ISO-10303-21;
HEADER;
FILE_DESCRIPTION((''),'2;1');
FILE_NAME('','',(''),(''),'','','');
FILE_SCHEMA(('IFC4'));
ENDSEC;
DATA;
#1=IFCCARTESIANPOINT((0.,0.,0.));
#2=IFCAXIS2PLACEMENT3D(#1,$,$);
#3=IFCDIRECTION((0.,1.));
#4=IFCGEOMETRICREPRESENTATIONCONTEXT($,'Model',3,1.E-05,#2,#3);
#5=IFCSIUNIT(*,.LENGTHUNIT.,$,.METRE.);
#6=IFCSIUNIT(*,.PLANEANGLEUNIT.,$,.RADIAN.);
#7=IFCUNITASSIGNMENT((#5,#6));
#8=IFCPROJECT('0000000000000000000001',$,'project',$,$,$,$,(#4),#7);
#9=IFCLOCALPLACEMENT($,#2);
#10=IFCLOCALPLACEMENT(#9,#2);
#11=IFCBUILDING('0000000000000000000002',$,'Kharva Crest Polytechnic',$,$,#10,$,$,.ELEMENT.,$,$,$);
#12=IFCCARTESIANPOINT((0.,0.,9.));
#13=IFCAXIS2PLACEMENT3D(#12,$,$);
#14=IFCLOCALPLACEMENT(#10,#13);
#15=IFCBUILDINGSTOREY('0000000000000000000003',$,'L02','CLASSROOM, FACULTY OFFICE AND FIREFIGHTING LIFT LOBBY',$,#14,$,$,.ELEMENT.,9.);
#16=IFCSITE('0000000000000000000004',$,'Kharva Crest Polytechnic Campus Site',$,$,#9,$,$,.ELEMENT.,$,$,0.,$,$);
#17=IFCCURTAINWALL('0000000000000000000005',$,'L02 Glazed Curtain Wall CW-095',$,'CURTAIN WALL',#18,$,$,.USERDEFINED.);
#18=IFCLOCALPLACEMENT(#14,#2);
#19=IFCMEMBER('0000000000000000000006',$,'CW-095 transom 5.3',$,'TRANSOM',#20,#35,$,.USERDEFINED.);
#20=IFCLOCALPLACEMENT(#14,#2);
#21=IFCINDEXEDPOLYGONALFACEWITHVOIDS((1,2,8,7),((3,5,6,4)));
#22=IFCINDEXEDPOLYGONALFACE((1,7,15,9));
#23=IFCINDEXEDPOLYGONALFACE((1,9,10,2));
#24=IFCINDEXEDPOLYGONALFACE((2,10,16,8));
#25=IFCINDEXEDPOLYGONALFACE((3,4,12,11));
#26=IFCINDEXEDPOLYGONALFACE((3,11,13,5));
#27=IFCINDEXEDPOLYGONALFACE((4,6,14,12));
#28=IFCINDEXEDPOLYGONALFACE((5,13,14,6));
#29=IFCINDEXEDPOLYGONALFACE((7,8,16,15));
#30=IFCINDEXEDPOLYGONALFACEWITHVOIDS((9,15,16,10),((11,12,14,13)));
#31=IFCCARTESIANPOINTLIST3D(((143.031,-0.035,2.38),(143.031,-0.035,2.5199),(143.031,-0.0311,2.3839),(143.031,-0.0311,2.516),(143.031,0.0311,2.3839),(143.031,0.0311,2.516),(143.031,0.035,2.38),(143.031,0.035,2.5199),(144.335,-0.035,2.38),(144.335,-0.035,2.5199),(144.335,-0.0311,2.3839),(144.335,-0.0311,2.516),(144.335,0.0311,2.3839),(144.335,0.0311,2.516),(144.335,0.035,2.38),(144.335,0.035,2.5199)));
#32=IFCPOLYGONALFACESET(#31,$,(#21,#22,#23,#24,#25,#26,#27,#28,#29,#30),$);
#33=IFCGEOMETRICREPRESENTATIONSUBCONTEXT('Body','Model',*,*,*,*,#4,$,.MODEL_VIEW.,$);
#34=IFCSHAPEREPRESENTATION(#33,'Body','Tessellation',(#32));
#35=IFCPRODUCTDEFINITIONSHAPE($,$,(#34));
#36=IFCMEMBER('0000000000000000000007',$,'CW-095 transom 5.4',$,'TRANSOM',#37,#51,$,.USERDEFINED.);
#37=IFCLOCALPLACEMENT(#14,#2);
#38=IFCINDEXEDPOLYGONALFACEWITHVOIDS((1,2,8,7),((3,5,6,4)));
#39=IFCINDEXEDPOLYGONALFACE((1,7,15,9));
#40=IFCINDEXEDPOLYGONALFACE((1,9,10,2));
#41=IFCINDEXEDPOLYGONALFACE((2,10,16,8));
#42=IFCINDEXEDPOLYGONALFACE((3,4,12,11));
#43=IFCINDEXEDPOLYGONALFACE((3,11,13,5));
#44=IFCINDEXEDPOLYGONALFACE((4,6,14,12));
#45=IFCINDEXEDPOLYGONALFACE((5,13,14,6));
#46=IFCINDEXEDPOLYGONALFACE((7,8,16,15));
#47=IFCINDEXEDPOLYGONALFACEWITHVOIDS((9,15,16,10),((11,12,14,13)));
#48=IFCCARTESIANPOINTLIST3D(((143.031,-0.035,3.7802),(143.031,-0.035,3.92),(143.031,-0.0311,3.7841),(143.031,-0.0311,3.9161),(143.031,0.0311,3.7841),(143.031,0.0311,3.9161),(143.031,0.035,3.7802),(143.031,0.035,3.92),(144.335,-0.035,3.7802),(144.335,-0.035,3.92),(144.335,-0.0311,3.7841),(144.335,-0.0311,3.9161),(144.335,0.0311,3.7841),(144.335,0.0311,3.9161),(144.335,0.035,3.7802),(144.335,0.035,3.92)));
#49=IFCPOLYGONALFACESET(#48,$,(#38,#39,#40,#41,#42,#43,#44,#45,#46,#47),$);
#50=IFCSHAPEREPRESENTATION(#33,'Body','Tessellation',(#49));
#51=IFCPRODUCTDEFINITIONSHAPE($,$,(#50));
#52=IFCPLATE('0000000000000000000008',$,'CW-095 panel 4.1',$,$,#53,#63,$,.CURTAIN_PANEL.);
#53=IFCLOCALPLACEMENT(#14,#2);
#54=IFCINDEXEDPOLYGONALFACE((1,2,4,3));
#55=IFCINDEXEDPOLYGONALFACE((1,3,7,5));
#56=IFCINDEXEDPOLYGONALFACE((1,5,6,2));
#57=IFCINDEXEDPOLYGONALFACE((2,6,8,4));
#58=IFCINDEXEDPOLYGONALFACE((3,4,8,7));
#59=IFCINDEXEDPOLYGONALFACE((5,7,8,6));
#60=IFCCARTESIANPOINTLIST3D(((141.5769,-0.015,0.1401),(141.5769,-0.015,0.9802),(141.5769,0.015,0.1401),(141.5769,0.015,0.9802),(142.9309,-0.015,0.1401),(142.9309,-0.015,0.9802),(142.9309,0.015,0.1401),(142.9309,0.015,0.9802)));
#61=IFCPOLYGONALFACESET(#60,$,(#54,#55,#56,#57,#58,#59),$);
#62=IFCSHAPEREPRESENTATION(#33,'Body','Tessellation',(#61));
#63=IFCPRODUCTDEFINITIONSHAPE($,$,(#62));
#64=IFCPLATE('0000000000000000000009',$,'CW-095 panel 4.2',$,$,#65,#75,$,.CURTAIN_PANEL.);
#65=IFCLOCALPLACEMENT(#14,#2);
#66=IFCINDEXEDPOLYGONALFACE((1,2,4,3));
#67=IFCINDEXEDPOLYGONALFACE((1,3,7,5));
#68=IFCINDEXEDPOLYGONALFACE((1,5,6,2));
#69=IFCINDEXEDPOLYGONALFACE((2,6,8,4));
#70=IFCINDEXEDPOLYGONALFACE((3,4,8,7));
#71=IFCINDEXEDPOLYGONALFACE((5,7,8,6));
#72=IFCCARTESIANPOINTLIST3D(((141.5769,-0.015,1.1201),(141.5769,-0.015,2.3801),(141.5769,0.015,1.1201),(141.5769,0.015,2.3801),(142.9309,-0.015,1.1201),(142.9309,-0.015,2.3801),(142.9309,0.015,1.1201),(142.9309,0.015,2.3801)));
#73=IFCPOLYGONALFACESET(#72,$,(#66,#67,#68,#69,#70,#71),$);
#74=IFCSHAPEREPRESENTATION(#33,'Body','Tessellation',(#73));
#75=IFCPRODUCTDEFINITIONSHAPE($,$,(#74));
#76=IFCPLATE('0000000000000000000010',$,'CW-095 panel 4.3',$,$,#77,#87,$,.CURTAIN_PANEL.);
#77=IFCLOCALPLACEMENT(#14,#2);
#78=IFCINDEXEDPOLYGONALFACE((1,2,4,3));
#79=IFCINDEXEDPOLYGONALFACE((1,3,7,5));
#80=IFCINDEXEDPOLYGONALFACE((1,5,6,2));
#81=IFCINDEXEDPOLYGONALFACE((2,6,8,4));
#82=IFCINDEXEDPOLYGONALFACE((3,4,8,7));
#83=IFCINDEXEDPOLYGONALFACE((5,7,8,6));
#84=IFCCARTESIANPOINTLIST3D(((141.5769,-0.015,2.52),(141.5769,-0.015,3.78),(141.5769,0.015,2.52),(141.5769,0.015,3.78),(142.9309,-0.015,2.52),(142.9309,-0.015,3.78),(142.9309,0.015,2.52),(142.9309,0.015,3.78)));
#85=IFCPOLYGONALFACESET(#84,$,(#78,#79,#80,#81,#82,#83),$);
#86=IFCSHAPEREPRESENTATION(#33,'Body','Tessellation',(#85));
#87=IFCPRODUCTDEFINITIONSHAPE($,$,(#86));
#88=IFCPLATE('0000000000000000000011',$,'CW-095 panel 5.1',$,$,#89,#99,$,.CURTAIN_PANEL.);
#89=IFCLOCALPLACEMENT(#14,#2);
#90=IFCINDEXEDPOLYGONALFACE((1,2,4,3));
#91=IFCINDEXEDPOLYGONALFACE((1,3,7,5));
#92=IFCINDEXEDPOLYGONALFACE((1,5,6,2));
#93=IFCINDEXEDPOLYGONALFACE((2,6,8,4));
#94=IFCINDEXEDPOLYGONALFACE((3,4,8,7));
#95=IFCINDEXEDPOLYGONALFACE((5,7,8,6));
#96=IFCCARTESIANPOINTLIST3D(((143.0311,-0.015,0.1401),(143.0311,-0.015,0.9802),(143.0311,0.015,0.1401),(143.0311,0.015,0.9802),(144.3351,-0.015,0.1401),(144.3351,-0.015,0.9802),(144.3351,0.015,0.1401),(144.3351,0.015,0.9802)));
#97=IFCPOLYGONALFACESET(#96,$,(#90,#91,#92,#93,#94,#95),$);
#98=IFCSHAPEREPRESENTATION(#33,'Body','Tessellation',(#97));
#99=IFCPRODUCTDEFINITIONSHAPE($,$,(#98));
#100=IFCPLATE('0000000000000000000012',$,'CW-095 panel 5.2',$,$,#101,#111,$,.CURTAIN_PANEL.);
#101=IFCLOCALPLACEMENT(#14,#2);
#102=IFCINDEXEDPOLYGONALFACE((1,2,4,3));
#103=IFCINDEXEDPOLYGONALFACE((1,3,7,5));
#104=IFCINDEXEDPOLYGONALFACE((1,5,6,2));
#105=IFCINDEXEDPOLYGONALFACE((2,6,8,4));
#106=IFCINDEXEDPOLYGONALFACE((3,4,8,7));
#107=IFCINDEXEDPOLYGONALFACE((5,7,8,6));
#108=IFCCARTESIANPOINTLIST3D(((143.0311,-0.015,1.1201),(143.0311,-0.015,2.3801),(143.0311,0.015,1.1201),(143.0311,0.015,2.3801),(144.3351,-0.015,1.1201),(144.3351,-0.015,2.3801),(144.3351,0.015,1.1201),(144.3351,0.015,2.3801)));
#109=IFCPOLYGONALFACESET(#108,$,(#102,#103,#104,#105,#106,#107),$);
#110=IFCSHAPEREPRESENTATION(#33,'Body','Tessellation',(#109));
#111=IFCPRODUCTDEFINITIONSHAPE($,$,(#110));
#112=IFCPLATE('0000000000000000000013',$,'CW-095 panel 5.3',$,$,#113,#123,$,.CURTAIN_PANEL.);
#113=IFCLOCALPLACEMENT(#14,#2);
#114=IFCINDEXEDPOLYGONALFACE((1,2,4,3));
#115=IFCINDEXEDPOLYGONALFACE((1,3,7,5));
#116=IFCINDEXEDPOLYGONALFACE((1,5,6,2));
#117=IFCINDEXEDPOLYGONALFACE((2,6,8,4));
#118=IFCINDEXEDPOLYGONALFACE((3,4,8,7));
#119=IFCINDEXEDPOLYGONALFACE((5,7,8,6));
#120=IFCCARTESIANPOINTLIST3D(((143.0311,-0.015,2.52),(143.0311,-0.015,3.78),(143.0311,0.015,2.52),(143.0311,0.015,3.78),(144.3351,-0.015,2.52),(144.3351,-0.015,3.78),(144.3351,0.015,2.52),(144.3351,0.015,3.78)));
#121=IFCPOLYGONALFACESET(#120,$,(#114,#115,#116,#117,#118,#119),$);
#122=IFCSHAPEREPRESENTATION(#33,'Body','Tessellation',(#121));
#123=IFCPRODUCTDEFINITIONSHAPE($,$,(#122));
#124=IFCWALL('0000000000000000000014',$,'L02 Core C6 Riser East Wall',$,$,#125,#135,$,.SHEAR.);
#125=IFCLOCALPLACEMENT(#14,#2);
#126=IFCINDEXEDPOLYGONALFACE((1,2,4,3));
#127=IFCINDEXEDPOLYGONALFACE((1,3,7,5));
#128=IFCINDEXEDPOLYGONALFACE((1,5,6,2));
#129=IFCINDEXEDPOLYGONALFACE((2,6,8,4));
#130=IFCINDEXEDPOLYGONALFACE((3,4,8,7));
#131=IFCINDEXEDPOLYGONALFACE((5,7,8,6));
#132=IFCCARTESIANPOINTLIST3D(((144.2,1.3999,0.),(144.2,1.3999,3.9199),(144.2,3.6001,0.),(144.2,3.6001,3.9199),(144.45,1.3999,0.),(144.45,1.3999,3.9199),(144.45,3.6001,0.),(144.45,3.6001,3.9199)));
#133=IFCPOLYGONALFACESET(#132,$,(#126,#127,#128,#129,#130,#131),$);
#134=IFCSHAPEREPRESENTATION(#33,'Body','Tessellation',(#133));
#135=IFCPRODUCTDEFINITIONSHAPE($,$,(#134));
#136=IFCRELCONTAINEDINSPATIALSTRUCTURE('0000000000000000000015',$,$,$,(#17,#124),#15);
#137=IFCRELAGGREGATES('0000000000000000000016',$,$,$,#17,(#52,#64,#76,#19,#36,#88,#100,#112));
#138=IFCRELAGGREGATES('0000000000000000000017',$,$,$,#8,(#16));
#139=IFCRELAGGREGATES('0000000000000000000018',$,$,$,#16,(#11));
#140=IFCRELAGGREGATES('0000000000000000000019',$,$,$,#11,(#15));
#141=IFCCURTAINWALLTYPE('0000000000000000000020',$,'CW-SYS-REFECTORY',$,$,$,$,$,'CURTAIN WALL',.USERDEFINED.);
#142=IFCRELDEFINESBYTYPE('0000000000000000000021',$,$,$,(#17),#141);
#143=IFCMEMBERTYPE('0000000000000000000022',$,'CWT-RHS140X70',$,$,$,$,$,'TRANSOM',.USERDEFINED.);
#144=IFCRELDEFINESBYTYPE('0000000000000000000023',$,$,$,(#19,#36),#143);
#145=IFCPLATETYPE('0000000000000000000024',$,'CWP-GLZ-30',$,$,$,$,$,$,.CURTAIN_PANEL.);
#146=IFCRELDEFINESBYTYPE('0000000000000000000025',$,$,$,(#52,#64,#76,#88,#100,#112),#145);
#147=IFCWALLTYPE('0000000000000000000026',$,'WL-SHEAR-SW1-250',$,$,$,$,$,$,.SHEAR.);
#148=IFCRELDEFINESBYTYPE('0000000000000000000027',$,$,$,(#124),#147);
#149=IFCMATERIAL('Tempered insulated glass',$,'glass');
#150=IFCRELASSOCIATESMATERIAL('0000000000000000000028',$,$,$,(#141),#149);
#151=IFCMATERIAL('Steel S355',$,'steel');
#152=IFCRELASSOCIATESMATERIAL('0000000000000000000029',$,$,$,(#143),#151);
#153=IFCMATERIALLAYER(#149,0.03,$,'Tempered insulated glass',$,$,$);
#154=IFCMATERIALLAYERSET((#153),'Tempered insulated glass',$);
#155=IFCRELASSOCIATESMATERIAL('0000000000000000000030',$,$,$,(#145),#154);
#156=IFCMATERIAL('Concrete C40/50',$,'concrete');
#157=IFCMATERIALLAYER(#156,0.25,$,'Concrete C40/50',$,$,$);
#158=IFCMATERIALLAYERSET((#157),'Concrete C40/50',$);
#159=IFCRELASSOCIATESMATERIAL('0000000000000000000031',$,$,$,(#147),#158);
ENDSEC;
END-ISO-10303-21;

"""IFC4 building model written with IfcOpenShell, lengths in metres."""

from ifc_helpers import new_model, si_unit, direction, frame, frame_2d, origin, origin_2d, place, context, subcontext, project, spatial, rectangle, hollow_rectangle, extrude, material, layer, layer_set, material_profile, profile_set, type_object, element, aggregate, save


model = new_model("IFC4")

# Units and contexts
model_context = context("Model", 3, precision=1e-05, world=origin(), true_north=direction((0.0, 1.0)))
body_context = subcontext(model_context, "Body", "Model", "MODEL_VIEW")
ifc_project = project(units=[si_unit("LENGTHUNIT", "METRE"), si_unit("PLANEANGLEUNIT", "RADIAN")], contexts=[model_context])

# Site, building, storey
site_placement = place(None, origin())
site = spatial("IfcSite", under=ifc_project, at=site_placement, Name="Kharva Crest Polytechnic Campus Site", CompositionType="ELEMENT", RefElevation=0.0)
building_placement = place(site_placement, origin())
building = spatial("IfcBuilding", under=site, at=building_placement, Name="Kharva Crest Polytechnic", CompositionType="ELEMENT")
storey_placement = place(building_placement, frame((0.0, 0.0, 9.0)))
storey = spatial("IfcBuildingStorey", under=building, at=storey_placement, Name="L02", Description="CLASSROOM, FACULTY OFFICE AND FIREFIGHTING LIFT LOBBY", CompositionType="ELEMENT", Elevation=9.0)

# Shared definitions
ifc_material_1 = material(Name="Concrete C40/50", Category="concrete")

# Curtain wall, members, plates
ifc_material_2 = material(Name="Tempered insulated glass", Category="glass")
curtain_wall_type = type_object("IfcCurtainWallType", Name="CW-SYS-REFECTORY", ElementType="CURTAIN WALL", PredefinedType="USERDEFINED", material=ifc_material_2)
curtain_wall_placement = place(storey_placement, origin())
curtain_wall = element("IfcCurtainWall", 1, at=curtain_wall_placement, inside=storey, type_object=curtain_wall_type, Name="L02 Glazed Curtain Wall CW-095", ObjectType="CURTAIN WALL", PredefinedType="USERDEFINED")
ifc_material_3 = material(Name="Steel S355", Category="steel")
ifc_material_profile_1 = material_profile(ifc_material_3, hollow_rectangle(XDim=0.0701, YDim=0.1399, WallThickness=0.0039, at=origin_2d()), Name="RHS 140X70X4.0")
ifc_profile_set_1 = profile_set([ifc_material_profile_1], Name="Steel S355")
member_type_1 = type_object("IfcMemberType", Name="CWT-RHS140X70", ElementType="TRANSOM", PredefinedType="USERDEFINED", material=ifc_profile_set_1)
member_1_placement = place(storey_placement, frame((143.031, 0.0, 2.45), z_axis=(1.0, 0.0, 0.0), x_axis=(0.0, 1.0, 0.0)))
member_1 = element("IfcMember", 2, at=member_1_placement, type_object=member_type_1, Name="CW-095 transom 5.3", ObjectType="TRANSOM", PredefinedType="USERDEFINED", context=body_context, shape_type="SweptSolid", body=[
    extrude(hollow_rectangle(XDim=0.0701, YDim=0.1399, WallThickness=0.0039, at=origin_2d()), origin(), (0.0, 0.0, 1.0), 1.304),
])
member_2_placement = place(storey_placement, frame((143.031, 0.0, 3.8501), z_axis=(1.0, 0.0, 0.0), x_axis=(0.0, 1.0, 0.0)))
member_2 = element("IfcMember", 3, at=member_2_placement, type_object=member_type_1, Name="CW-095 transom 5.4", ObjectType="TRANSOM", PredefinedType="USERDEFINED", context=body_context, shape_type="SweptSolid", body=[
    extrude(hollow_rectangle(XDim=0.0701, YDim=0.1399, WallThickness=0.0039, at=origin_2d()), origin(), (0.0, 0.0, 1.0), 1.304),
])
ifc_layer_1 = layer(ifc_material_2, 0.03, Name="Tempered insulated glass")
ifc_layer_set_1 = layer_set([ifc_layer_1], Name="Tempered insulated glass")
plate_type = type_object("IfcPlateType", Name="CWP-GLZ-30", PredefinedType="CURTAIN_PANEL", material=ifc_layer_set_1)
plate_1_placement = place(storey_placement, frame((142.2539, 0.0, 0.1401), z_axis=(0.0, 0.0, 1.0), x_axis=(1.0, 0.0, 0.0)))
plate_1 = element("IfcPlate", 4, at=plate_1_placement, type_object=plate_type, Name="CW-095 panel 4.1", PredefinedType="CURTAIN_PANEL", context=body_context, shape_type="SweptSolid", body=[
    extrude(rectangle(XDim=1.354, YDim=0.03, at=origin_2d()), origin(), (0.0, 0.0, 1.0), 0.8401),
])
plate_2_placement = place(storey_placement, frame((142.2539, 0.0, 1.1201), z_axis=(0.0, 0.0, 1.0), x_axis=(1.0, 0.0, 0.0)))
plate_2 = element("IfcPlate", 5, at=plate_2_placement, type_object=plate_type, Name="CW-095 panel 4.2", PredefinedType="CURTAIN_PANEL", context=body_context, shape_type="SweptSolid", body=[
    extrude(rectangle(XDim=1.354, YDim=0.03, at=origin_2d()), origin(), (0.0, 0.0, 1.0), 1.26),
])
plate_3_placement = place(storey_placement, frame((142.2539, 0.0, 2.52), z_axis=(0.0, 0.0, 1.0), x_axis=(1.0, 0.0, 0.0)))
plate_3 = element("IfcPlate", 6, at=plate_3_placement, type_object=plate_type, Name="CW-095 panel 4.3", PredefinedType="CURTAIN_PANEL", context=body_context, shape_type="SweptSolid", body=[
    extrude(rectangle(XDim=1.354, YDim=0.03, at=origin_2d()), origin(), (0.0, 0.0, 1.0), 1.26),
])
plate_4_placement = place(storey_placement, frame((143.6831, 0.0, 0.1401), z_axis=(0.0, 0.0, 1.0), x_axis=(1.0, 0.0, 0.0)))
plate_4 = element("IfcPlate", 7, at=plate_4_placement, type_object=plate_type, Name="CW-095 panel 5.1", PredefinedType="CURTAIN_PANEL", context=body_context, shape_type="SweptSolid", body=[
    extrude(rectangle(XDim=1.304, YDim=0.03, at=origin_2d()), origin(), (0.0, 0.0, 1.0), 0.8401),
])
plate_5_placement = place(storey_placement, frame((143.6831, 0.0, 1.1201), z_axis=(0.0, 0.0, 1.0), x_axis=(1.0, 0.0, 0.0)))
plate_5 = element("IfcPlate", 8, at=plate_5_placement, type_object=plate_type, Name="CW-095 panel 5.2", PredefinedType="CURTAIN_PANEL", context=body_context, shape_type="SweptSolid", body=[
    extrude(rectangle(XDim=1.304, YDim=0.03, at=origin_2d()), origin(), (0.0, 0.0, 1.0), 1.26),
])
plate_6_placement = place(storey_placement, frame((143.6831, 0.0, 2.52), z_axis=(0.0, 0.0, 1.0), x_axis=(1.0, 0.0, 0.0)))
plate_6 = element("IfcPlate", 9, at=plate_6_placement, type_object=plate_type, Name="CW-095 panel 5.3", PredefinedType="CURTAIN_PANEL", context=body_context, shape_type="SweptSolid", body=[
    extrude(rectangle(XDim=1.304, YDim=0.03, at=origin_2d()), origin(), (0.0, 0.0, 1.0), 1.26),
])
aggregate(curtain_wall, [plate_1, plate_2, plate_3, member_1, member_2, plate_4, plate_5, plate_6])

# Wall
ifc_layer_2 = layer(ifc_material_1, 0.25, Name="Concrete C40/50")
ifc_layer_set_2 = layer_set([ifc_layer_2], Name="Concrete C40/50")
wall_type = type_object("IfcWallType", Name="WL-SHEAR-SW1-250", PredefinedType="SHEAR", material=ifc_layer_set_2)
wall_placement = place(storey_placement, frame((144.325, 1.3999, 0.0), z_axis=(0.0, 0.0, 1.0), x_axis=(0.0, 1.0, 0.0)))
element("IfcWall", 10, at=wall_placement, inside=storey, type_object=wall_type, Name="L02 Core C6 Riser East Wall", PredefinedType="SHEAR", context=body_context, shape_type="SweptSolid", body=[
    extrude(rectangle(XDim=2.2002, YDim=0.25, at=frame_2d((1.1001, 0.0))), origin(), (0.0, 0.0, 1.0), 3.9199),
])

save(model, "model.ifc")
